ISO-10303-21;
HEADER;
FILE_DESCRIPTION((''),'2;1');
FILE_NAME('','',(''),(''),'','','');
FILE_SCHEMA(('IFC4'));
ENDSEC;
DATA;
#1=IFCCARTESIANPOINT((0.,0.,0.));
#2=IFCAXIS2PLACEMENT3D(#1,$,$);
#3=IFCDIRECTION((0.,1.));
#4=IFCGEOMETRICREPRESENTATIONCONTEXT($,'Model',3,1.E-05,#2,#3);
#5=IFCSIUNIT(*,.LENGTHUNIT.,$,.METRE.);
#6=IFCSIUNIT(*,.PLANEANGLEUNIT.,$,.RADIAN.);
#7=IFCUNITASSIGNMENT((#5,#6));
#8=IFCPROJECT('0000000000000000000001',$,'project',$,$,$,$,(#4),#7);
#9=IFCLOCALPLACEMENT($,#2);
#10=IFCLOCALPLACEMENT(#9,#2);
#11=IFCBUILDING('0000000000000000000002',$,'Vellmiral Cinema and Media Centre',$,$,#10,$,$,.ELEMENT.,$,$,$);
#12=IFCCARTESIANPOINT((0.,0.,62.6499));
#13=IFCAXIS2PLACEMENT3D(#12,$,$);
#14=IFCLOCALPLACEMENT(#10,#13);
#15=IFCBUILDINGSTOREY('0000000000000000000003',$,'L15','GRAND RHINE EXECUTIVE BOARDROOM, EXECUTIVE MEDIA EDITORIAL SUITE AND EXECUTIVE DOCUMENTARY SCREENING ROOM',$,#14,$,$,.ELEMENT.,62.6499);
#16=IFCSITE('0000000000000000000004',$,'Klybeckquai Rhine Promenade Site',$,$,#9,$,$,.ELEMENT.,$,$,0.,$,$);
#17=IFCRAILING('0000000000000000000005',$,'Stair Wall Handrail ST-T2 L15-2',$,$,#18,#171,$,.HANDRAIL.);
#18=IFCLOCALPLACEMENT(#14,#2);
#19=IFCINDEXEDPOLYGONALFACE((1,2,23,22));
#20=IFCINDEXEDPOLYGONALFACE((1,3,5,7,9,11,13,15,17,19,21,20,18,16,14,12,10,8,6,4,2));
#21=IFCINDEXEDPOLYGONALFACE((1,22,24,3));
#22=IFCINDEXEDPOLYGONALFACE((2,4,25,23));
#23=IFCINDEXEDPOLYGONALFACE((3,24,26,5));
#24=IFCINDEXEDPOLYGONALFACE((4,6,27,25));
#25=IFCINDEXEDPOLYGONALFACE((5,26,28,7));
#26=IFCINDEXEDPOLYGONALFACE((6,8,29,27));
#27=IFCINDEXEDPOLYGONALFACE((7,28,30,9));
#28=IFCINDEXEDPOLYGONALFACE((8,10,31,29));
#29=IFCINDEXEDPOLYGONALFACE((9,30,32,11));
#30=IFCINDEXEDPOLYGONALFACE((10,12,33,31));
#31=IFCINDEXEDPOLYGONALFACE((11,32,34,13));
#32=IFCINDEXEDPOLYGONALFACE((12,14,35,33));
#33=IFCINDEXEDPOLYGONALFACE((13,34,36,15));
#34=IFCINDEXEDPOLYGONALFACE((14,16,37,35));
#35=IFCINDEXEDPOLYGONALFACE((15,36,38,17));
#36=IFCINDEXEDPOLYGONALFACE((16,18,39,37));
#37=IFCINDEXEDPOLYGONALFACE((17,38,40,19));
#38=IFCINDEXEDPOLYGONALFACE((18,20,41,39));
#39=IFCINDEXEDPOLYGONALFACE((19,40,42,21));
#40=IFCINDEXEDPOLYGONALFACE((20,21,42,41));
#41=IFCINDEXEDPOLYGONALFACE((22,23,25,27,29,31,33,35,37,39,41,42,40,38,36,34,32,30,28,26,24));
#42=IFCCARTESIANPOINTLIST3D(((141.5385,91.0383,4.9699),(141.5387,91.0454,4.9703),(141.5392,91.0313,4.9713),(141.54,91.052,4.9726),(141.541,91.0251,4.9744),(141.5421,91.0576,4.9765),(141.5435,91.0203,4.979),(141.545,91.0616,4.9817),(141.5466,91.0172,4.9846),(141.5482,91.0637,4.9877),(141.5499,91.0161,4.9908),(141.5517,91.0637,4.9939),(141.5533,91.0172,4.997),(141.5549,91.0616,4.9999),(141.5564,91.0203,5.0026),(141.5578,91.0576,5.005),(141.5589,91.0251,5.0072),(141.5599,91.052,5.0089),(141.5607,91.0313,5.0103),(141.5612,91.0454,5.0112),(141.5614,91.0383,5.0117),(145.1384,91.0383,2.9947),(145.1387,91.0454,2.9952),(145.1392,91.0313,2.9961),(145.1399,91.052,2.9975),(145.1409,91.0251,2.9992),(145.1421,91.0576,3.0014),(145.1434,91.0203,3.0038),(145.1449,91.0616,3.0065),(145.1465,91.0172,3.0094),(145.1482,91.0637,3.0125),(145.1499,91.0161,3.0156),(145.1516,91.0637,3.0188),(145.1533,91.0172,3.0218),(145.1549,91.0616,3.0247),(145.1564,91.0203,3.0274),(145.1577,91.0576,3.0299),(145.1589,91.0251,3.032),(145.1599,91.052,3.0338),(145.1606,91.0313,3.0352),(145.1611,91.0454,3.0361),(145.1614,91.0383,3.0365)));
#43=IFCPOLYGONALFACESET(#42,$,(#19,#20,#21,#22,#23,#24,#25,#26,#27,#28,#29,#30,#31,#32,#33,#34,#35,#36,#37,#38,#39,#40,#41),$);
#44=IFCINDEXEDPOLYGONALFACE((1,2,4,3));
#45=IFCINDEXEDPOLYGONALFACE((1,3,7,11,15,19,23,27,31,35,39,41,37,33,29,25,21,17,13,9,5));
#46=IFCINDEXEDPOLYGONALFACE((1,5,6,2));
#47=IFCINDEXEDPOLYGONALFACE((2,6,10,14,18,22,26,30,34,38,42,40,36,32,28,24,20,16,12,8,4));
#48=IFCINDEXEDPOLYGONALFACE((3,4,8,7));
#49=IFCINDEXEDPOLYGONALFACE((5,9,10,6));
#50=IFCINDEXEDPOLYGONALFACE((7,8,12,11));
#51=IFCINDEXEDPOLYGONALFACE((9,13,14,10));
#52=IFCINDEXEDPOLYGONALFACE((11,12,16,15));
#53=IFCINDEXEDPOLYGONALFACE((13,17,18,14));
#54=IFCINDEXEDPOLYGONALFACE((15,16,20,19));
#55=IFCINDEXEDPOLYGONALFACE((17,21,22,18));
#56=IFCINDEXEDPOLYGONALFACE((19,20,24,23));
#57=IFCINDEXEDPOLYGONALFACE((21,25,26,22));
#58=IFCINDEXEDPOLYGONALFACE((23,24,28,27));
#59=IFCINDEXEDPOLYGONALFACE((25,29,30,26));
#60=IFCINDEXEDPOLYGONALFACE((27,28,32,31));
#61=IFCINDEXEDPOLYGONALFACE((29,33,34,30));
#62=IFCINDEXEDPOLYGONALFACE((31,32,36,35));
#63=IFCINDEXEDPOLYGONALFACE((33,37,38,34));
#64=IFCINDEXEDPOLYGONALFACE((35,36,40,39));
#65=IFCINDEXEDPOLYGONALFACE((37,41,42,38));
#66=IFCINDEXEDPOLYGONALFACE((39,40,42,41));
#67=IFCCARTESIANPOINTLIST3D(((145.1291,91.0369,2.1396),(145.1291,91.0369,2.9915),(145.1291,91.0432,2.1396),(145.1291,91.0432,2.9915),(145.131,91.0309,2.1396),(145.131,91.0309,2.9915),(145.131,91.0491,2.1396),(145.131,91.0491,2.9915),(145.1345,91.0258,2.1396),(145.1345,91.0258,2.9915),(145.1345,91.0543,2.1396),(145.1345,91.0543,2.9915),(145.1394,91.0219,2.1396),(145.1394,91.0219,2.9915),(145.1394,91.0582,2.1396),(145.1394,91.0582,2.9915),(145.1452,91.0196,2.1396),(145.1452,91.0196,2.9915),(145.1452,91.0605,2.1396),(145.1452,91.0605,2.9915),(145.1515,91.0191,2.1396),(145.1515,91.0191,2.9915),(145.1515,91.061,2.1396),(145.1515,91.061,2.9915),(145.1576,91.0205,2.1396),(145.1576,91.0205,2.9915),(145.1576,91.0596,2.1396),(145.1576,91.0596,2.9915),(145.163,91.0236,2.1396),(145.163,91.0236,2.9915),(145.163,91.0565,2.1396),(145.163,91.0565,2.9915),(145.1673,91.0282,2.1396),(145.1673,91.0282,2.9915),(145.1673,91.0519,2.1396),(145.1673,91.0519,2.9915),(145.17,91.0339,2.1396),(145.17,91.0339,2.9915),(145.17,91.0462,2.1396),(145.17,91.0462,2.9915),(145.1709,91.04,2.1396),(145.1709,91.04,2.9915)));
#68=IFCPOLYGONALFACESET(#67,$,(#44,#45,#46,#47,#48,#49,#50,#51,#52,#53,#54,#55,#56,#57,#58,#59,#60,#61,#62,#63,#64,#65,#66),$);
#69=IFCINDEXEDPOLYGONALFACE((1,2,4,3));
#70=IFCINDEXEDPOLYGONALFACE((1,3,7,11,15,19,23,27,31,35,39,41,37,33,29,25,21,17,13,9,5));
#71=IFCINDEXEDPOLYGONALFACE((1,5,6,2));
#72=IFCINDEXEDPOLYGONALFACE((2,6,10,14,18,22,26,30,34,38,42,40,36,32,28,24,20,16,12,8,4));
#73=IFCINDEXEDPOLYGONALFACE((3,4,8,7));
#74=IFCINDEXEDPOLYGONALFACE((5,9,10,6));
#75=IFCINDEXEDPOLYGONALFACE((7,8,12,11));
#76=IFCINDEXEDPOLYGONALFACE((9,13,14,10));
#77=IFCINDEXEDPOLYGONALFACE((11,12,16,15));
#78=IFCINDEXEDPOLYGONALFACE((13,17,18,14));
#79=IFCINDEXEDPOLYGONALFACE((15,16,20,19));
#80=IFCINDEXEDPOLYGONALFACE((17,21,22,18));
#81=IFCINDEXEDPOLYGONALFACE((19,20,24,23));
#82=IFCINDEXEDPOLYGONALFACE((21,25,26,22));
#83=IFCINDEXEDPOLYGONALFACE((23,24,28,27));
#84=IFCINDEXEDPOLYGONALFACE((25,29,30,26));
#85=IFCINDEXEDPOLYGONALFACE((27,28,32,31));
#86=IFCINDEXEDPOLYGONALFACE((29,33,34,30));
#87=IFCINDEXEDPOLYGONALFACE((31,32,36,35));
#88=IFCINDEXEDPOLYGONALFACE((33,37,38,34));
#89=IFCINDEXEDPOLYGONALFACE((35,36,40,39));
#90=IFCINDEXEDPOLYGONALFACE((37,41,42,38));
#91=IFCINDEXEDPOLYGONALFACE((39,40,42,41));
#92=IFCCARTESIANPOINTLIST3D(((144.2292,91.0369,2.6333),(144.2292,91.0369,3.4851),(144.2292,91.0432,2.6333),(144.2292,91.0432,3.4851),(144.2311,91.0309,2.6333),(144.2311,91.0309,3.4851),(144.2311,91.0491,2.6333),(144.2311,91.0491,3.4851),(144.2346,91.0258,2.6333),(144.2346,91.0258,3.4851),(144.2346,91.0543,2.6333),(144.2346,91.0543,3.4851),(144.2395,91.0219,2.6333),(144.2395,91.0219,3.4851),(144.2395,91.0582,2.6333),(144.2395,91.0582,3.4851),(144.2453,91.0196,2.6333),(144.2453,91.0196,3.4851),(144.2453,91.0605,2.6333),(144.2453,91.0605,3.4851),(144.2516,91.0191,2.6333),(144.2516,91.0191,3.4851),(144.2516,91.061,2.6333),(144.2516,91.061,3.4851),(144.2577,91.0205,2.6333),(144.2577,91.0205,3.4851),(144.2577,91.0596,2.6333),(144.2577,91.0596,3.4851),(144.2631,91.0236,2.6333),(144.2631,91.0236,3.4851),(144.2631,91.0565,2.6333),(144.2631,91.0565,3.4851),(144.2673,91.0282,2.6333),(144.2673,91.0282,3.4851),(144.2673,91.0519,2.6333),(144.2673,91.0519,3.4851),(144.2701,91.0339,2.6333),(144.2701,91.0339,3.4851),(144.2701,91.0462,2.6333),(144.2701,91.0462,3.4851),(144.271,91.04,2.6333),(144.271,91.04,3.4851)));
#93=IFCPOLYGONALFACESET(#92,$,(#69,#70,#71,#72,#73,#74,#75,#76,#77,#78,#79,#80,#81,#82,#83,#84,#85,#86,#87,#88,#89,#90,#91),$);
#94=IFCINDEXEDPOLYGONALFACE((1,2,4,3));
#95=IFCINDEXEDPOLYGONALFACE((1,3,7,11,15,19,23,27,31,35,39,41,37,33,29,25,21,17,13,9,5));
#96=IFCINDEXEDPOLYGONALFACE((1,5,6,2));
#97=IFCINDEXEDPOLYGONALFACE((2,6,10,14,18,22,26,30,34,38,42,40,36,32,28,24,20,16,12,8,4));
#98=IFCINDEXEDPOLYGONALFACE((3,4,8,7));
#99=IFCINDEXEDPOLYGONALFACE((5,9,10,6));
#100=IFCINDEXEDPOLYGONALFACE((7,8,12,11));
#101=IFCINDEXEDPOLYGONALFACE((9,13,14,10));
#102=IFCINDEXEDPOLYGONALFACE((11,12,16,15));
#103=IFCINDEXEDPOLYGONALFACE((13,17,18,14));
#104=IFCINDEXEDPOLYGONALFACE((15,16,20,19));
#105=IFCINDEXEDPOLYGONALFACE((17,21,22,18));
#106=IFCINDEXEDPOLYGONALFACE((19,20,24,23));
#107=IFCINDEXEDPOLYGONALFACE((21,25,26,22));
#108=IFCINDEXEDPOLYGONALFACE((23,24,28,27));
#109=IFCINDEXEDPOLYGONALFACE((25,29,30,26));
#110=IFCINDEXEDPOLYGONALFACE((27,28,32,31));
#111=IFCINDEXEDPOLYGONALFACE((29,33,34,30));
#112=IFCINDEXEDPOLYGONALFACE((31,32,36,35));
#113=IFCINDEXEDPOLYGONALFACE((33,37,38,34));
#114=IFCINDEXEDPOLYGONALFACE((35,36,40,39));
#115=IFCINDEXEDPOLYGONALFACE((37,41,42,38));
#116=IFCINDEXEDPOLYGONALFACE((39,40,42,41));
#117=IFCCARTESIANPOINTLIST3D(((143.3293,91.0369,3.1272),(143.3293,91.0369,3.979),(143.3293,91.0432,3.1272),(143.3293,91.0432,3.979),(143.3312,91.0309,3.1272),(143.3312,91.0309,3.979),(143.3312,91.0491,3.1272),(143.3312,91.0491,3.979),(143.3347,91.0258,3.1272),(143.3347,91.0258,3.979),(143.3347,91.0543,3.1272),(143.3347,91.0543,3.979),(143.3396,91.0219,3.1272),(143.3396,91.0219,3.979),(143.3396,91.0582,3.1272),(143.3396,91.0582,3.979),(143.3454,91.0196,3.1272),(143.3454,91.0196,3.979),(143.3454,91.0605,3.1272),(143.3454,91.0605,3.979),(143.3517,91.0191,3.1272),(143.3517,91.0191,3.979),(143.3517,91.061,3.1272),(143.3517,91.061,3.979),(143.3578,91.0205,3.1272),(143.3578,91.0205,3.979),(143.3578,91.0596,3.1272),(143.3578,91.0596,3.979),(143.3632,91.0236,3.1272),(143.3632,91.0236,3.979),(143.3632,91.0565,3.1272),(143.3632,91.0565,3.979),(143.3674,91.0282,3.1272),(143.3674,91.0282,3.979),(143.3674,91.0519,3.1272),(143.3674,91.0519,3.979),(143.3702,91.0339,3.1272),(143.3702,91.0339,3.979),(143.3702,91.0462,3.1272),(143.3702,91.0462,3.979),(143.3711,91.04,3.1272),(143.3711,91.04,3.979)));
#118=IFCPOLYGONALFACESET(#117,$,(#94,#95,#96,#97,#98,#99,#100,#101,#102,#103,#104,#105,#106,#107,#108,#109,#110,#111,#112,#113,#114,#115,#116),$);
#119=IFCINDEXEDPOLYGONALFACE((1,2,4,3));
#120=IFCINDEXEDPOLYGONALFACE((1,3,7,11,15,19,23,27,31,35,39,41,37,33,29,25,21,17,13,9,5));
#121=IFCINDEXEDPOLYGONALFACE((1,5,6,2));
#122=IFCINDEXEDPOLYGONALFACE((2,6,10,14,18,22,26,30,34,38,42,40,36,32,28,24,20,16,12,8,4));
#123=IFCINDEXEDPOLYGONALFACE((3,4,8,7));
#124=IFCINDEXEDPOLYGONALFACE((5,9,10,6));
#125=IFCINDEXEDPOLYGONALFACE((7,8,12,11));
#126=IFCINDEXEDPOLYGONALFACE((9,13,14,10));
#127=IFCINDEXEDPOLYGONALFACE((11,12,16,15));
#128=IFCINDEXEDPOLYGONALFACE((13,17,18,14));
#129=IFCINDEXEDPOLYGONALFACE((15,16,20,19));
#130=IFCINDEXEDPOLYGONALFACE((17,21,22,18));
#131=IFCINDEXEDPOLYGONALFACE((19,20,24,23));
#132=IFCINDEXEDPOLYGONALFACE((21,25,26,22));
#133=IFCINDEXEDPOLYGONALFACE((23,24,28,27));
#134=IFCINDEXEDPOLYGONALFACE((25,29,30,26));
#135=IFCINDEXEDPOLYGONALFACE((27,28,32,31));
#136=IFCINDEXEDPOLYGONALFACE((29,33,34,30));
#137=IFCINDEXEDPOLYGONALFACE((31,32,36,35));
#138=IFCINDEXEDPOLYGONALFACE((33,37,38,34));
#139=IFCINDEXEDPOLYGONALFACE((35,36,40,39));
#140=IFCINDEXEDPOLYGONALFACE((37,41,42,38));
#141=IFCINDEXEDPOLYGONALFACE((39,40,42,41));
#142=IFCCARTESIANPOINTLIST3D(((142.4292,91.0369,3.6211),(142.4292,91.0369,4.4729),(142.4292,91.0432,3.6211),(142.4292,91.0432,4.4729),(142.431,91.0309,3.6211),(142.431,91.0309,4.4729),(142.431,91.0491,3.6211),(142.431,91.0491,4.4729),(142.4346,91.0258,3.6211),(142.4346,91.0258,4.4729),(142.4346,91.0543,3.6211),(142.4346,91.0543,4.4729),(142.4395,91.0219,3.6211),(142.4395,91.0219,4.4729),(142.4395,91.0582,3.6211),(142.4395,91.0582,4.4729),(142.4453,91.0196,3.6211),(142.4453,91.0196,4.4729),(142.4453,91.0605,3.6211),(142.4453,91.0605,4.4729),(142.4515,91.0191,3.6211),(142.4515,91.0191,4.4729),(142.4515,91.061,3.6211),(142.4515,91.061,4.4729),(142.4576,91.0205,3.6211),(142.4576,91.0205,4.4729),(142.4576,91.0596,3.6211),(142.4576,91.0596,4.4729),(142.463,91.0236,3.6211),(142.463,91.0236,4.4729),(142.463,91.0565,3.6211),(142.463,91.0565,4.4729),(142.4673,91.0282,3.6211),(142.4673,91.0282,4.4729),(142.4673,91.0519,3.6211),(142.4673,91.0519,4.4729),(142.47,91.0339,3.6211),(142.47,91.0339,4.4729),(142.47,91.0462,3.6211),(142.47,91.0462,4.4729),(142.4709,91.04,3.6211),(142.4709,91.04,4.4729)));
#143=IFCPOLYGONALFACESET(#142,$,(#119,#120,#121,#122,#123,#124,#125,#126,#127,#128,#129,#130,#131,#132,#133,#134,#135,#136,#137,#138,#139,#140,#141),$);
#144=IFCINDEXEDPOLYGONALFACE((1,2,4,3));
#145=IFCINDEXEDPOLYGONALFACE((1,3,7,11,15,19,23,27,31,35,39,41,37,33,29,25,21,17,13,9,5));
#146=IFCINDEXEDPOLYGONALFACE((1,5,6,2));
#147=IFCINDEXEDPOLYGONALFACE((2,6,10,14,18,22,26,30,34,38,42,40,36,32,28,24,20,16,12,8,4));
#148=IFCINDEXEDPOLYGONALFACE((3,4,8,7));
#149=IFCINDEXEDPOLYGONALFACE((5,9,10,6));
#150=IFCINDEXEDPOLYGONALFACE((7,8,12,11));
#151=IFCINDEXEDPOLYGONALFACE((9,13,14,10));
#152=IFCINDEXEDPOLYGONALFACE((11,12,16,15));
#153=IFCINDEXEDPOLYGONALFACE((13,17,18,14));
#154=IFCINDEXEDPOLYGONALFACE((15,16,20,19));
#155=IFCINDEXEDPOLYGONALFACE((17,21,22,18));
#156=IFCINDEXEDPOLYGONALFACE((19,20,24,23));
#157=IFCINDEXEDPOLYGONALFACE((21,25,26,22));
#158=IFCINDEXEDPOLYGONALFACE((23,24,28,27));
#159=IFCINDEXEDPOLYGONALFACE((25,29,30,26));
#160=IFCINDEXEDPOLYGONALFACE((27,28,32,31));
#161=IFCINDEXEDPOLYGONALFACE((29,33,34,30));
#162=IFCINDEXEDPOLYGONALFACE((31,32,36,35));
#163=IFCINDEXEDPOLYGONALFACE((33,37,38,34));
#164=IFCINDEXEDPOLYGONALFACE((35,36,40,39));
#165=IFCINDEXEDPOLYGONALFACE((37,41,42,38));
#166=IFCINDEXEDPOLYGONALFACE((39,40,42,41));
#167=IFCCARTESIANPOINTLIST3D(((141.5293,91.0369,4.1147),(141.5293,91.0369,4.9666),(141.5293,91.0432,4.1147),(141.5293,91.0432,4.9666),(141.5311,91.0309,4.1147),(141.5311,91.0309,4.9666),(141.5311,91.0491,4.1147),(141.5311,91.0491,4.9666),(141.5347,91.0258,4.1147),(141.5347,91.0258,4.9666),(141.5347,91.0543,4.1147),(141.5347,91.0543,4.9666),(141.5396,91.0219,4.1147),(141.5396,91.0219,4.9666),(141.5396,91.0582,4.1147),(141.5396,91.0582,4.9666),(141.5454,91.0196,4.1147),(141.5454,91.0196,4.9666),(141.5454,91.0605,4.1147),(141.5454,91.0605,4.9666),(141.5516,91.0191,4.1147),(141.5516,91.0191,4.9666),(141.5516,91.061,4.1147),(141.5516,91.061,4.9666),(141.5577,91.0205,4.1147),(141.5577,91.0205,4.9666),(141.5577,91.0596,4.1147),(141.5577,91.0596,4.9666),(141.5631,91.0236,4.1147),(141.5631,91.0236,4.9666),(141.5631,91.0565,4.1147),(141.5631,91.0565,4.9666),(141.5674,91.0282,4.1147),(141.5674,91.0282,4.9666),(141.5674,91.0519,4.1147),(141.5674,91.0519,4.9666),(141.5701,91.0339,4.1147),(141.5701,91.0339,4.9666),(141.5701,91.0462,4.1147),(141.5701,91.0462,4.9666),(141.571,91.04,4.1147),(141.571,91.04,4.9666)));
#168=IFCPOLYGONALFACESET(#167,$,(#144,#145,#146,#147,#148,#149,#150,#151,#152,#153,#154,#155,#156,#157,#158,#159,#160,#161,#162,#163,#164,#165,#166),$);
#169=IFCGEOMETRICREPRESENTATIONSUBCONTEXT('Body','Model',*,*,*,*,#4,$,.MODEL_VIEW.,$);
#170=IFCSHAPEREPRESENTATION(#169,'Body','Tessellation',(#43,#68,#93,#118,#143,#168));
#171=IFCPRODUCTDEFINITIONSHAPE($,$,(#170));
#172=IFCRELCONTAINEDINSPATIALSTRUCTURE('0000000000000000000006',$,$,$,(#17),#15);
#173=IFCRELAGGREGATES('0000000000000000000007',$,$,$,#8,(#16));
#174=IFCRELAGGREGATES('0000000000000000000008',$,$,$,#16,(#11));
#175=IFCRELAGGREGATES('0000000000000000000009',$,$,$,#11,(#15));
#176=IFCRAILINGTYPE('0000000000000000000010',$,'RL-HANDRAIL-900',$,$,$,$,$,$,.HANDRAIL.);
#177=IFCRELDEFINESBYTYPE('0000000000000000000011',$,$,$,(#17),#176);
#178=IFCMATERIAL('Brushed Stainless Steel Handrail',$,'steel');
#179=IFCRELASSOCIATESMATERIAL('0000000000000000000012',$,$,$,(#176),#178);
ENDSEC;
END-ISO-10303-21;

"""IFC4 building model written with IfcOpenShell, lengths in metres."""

from ifc_helpers import new_model, si_unit, direction, frame, origin, origin_2d, place, context, subcontext, project, spatial, circle, extrude, material, type_object, element, save


model = new_model("IFC4")

# Units and contexts
model_context = context("Model", 3, precision=1e-05, world=origin(), true_north=direction((0.0, 1.0)))
body_context = subcontext(model_context, "Body", "Model", "MODEL_VIEW")
ifc_project = project(units=[si_unit("LENGTHUNIT", "METRE"), si_unit("PLANEANGLEUNIT", "RADIAN")], contexts=[model_context])

# Site, building, storey
site_placement = place(None, origin())
site = spatial("IfcSite", under=ifc_project, at=site_placement, Name="Klybeckquai Rhine Promenade Site", CompositionType="ELEMENT", RefElevation=0.0)
building_placement = place(site_placement, origin())
building = spatial("IfcBuilding", under=site, at=building_placement, Name="Vellmiral Cinema and Media Centre", CompositionType="ELEMENT")
storey_placement = place(building_placement, frame((0.0, 0.0, 62.6499)))
storey = spatial("IfcBuildingStorey", under=building, at=storey_placement, Name="L15", Description="GRAND RHINE EXECUTIVE BOARDROOM, EXECUTIVE MEDIA EDITORIAL SUITE AND EXECUTIVE DOCUMENTARY SCREENING ROOM", CompositionType="ELEMENT", Elevation=62.6499)

# Railing
ifc_material_1 = material(Name="Brushed Stainless Steel Handrail", Category="steel")
railing_type = type_object("IfcRailingType", Name="RL-HANDRAIL-900", PredefinedType="HANDRAIL", material=ifc_material_1)
railing_placement = place(storey_placement, frame((145.1499, 91.04, 2.1396)))
element("IfcRailing", 1, at=railing_placement, inside=storey, type_object=railing_type, Name="Stair Wall Handrail ST-T2 L15-2", PredefinedType="HANDRAIL", context=body_context, shape_type="SweptSolid", body=[
    extrude(circle(Radius=0.0239, at=origin_2d()), frame((0.0, 0.0, 0.876), z_axis=(-0.876711, 0.0, 0.481017), x_axis=(0.0, -1.0, 0.0)), (0.0, 0.0, 1.0), 4.1062),
    extrude(circle(Radius=0.021, at=origin_2d()), origin(), (0.0, 0.0, 1.0), 0.8518),
    extrude(circle(Radius=0.021, at=origin_2d()), frame((-0.8999, 0.0, 0.4937)), (0.0, 0.0, 1.0), 0.8518),
    extrude(circle(Radius=0.021, at=origin_2d()), frame((-1.7998, 0.0, 0.9875)), (0.0, 0.0, 1.0), 0.8518),
    extrude(circle(Radius=0.021, at=origin_2d()), frame((-2.7, 0.0, 1.4814)), (0.0, 0.0, 1.0), 0.8518),
    extrude(circle(Radius=0.021, at=origin_2d()), frame((-3.5999, 0.0, 1.9751)), (0.0, 0.0, 1.0), 0.8518),
])

save(model, "model.ifc")
